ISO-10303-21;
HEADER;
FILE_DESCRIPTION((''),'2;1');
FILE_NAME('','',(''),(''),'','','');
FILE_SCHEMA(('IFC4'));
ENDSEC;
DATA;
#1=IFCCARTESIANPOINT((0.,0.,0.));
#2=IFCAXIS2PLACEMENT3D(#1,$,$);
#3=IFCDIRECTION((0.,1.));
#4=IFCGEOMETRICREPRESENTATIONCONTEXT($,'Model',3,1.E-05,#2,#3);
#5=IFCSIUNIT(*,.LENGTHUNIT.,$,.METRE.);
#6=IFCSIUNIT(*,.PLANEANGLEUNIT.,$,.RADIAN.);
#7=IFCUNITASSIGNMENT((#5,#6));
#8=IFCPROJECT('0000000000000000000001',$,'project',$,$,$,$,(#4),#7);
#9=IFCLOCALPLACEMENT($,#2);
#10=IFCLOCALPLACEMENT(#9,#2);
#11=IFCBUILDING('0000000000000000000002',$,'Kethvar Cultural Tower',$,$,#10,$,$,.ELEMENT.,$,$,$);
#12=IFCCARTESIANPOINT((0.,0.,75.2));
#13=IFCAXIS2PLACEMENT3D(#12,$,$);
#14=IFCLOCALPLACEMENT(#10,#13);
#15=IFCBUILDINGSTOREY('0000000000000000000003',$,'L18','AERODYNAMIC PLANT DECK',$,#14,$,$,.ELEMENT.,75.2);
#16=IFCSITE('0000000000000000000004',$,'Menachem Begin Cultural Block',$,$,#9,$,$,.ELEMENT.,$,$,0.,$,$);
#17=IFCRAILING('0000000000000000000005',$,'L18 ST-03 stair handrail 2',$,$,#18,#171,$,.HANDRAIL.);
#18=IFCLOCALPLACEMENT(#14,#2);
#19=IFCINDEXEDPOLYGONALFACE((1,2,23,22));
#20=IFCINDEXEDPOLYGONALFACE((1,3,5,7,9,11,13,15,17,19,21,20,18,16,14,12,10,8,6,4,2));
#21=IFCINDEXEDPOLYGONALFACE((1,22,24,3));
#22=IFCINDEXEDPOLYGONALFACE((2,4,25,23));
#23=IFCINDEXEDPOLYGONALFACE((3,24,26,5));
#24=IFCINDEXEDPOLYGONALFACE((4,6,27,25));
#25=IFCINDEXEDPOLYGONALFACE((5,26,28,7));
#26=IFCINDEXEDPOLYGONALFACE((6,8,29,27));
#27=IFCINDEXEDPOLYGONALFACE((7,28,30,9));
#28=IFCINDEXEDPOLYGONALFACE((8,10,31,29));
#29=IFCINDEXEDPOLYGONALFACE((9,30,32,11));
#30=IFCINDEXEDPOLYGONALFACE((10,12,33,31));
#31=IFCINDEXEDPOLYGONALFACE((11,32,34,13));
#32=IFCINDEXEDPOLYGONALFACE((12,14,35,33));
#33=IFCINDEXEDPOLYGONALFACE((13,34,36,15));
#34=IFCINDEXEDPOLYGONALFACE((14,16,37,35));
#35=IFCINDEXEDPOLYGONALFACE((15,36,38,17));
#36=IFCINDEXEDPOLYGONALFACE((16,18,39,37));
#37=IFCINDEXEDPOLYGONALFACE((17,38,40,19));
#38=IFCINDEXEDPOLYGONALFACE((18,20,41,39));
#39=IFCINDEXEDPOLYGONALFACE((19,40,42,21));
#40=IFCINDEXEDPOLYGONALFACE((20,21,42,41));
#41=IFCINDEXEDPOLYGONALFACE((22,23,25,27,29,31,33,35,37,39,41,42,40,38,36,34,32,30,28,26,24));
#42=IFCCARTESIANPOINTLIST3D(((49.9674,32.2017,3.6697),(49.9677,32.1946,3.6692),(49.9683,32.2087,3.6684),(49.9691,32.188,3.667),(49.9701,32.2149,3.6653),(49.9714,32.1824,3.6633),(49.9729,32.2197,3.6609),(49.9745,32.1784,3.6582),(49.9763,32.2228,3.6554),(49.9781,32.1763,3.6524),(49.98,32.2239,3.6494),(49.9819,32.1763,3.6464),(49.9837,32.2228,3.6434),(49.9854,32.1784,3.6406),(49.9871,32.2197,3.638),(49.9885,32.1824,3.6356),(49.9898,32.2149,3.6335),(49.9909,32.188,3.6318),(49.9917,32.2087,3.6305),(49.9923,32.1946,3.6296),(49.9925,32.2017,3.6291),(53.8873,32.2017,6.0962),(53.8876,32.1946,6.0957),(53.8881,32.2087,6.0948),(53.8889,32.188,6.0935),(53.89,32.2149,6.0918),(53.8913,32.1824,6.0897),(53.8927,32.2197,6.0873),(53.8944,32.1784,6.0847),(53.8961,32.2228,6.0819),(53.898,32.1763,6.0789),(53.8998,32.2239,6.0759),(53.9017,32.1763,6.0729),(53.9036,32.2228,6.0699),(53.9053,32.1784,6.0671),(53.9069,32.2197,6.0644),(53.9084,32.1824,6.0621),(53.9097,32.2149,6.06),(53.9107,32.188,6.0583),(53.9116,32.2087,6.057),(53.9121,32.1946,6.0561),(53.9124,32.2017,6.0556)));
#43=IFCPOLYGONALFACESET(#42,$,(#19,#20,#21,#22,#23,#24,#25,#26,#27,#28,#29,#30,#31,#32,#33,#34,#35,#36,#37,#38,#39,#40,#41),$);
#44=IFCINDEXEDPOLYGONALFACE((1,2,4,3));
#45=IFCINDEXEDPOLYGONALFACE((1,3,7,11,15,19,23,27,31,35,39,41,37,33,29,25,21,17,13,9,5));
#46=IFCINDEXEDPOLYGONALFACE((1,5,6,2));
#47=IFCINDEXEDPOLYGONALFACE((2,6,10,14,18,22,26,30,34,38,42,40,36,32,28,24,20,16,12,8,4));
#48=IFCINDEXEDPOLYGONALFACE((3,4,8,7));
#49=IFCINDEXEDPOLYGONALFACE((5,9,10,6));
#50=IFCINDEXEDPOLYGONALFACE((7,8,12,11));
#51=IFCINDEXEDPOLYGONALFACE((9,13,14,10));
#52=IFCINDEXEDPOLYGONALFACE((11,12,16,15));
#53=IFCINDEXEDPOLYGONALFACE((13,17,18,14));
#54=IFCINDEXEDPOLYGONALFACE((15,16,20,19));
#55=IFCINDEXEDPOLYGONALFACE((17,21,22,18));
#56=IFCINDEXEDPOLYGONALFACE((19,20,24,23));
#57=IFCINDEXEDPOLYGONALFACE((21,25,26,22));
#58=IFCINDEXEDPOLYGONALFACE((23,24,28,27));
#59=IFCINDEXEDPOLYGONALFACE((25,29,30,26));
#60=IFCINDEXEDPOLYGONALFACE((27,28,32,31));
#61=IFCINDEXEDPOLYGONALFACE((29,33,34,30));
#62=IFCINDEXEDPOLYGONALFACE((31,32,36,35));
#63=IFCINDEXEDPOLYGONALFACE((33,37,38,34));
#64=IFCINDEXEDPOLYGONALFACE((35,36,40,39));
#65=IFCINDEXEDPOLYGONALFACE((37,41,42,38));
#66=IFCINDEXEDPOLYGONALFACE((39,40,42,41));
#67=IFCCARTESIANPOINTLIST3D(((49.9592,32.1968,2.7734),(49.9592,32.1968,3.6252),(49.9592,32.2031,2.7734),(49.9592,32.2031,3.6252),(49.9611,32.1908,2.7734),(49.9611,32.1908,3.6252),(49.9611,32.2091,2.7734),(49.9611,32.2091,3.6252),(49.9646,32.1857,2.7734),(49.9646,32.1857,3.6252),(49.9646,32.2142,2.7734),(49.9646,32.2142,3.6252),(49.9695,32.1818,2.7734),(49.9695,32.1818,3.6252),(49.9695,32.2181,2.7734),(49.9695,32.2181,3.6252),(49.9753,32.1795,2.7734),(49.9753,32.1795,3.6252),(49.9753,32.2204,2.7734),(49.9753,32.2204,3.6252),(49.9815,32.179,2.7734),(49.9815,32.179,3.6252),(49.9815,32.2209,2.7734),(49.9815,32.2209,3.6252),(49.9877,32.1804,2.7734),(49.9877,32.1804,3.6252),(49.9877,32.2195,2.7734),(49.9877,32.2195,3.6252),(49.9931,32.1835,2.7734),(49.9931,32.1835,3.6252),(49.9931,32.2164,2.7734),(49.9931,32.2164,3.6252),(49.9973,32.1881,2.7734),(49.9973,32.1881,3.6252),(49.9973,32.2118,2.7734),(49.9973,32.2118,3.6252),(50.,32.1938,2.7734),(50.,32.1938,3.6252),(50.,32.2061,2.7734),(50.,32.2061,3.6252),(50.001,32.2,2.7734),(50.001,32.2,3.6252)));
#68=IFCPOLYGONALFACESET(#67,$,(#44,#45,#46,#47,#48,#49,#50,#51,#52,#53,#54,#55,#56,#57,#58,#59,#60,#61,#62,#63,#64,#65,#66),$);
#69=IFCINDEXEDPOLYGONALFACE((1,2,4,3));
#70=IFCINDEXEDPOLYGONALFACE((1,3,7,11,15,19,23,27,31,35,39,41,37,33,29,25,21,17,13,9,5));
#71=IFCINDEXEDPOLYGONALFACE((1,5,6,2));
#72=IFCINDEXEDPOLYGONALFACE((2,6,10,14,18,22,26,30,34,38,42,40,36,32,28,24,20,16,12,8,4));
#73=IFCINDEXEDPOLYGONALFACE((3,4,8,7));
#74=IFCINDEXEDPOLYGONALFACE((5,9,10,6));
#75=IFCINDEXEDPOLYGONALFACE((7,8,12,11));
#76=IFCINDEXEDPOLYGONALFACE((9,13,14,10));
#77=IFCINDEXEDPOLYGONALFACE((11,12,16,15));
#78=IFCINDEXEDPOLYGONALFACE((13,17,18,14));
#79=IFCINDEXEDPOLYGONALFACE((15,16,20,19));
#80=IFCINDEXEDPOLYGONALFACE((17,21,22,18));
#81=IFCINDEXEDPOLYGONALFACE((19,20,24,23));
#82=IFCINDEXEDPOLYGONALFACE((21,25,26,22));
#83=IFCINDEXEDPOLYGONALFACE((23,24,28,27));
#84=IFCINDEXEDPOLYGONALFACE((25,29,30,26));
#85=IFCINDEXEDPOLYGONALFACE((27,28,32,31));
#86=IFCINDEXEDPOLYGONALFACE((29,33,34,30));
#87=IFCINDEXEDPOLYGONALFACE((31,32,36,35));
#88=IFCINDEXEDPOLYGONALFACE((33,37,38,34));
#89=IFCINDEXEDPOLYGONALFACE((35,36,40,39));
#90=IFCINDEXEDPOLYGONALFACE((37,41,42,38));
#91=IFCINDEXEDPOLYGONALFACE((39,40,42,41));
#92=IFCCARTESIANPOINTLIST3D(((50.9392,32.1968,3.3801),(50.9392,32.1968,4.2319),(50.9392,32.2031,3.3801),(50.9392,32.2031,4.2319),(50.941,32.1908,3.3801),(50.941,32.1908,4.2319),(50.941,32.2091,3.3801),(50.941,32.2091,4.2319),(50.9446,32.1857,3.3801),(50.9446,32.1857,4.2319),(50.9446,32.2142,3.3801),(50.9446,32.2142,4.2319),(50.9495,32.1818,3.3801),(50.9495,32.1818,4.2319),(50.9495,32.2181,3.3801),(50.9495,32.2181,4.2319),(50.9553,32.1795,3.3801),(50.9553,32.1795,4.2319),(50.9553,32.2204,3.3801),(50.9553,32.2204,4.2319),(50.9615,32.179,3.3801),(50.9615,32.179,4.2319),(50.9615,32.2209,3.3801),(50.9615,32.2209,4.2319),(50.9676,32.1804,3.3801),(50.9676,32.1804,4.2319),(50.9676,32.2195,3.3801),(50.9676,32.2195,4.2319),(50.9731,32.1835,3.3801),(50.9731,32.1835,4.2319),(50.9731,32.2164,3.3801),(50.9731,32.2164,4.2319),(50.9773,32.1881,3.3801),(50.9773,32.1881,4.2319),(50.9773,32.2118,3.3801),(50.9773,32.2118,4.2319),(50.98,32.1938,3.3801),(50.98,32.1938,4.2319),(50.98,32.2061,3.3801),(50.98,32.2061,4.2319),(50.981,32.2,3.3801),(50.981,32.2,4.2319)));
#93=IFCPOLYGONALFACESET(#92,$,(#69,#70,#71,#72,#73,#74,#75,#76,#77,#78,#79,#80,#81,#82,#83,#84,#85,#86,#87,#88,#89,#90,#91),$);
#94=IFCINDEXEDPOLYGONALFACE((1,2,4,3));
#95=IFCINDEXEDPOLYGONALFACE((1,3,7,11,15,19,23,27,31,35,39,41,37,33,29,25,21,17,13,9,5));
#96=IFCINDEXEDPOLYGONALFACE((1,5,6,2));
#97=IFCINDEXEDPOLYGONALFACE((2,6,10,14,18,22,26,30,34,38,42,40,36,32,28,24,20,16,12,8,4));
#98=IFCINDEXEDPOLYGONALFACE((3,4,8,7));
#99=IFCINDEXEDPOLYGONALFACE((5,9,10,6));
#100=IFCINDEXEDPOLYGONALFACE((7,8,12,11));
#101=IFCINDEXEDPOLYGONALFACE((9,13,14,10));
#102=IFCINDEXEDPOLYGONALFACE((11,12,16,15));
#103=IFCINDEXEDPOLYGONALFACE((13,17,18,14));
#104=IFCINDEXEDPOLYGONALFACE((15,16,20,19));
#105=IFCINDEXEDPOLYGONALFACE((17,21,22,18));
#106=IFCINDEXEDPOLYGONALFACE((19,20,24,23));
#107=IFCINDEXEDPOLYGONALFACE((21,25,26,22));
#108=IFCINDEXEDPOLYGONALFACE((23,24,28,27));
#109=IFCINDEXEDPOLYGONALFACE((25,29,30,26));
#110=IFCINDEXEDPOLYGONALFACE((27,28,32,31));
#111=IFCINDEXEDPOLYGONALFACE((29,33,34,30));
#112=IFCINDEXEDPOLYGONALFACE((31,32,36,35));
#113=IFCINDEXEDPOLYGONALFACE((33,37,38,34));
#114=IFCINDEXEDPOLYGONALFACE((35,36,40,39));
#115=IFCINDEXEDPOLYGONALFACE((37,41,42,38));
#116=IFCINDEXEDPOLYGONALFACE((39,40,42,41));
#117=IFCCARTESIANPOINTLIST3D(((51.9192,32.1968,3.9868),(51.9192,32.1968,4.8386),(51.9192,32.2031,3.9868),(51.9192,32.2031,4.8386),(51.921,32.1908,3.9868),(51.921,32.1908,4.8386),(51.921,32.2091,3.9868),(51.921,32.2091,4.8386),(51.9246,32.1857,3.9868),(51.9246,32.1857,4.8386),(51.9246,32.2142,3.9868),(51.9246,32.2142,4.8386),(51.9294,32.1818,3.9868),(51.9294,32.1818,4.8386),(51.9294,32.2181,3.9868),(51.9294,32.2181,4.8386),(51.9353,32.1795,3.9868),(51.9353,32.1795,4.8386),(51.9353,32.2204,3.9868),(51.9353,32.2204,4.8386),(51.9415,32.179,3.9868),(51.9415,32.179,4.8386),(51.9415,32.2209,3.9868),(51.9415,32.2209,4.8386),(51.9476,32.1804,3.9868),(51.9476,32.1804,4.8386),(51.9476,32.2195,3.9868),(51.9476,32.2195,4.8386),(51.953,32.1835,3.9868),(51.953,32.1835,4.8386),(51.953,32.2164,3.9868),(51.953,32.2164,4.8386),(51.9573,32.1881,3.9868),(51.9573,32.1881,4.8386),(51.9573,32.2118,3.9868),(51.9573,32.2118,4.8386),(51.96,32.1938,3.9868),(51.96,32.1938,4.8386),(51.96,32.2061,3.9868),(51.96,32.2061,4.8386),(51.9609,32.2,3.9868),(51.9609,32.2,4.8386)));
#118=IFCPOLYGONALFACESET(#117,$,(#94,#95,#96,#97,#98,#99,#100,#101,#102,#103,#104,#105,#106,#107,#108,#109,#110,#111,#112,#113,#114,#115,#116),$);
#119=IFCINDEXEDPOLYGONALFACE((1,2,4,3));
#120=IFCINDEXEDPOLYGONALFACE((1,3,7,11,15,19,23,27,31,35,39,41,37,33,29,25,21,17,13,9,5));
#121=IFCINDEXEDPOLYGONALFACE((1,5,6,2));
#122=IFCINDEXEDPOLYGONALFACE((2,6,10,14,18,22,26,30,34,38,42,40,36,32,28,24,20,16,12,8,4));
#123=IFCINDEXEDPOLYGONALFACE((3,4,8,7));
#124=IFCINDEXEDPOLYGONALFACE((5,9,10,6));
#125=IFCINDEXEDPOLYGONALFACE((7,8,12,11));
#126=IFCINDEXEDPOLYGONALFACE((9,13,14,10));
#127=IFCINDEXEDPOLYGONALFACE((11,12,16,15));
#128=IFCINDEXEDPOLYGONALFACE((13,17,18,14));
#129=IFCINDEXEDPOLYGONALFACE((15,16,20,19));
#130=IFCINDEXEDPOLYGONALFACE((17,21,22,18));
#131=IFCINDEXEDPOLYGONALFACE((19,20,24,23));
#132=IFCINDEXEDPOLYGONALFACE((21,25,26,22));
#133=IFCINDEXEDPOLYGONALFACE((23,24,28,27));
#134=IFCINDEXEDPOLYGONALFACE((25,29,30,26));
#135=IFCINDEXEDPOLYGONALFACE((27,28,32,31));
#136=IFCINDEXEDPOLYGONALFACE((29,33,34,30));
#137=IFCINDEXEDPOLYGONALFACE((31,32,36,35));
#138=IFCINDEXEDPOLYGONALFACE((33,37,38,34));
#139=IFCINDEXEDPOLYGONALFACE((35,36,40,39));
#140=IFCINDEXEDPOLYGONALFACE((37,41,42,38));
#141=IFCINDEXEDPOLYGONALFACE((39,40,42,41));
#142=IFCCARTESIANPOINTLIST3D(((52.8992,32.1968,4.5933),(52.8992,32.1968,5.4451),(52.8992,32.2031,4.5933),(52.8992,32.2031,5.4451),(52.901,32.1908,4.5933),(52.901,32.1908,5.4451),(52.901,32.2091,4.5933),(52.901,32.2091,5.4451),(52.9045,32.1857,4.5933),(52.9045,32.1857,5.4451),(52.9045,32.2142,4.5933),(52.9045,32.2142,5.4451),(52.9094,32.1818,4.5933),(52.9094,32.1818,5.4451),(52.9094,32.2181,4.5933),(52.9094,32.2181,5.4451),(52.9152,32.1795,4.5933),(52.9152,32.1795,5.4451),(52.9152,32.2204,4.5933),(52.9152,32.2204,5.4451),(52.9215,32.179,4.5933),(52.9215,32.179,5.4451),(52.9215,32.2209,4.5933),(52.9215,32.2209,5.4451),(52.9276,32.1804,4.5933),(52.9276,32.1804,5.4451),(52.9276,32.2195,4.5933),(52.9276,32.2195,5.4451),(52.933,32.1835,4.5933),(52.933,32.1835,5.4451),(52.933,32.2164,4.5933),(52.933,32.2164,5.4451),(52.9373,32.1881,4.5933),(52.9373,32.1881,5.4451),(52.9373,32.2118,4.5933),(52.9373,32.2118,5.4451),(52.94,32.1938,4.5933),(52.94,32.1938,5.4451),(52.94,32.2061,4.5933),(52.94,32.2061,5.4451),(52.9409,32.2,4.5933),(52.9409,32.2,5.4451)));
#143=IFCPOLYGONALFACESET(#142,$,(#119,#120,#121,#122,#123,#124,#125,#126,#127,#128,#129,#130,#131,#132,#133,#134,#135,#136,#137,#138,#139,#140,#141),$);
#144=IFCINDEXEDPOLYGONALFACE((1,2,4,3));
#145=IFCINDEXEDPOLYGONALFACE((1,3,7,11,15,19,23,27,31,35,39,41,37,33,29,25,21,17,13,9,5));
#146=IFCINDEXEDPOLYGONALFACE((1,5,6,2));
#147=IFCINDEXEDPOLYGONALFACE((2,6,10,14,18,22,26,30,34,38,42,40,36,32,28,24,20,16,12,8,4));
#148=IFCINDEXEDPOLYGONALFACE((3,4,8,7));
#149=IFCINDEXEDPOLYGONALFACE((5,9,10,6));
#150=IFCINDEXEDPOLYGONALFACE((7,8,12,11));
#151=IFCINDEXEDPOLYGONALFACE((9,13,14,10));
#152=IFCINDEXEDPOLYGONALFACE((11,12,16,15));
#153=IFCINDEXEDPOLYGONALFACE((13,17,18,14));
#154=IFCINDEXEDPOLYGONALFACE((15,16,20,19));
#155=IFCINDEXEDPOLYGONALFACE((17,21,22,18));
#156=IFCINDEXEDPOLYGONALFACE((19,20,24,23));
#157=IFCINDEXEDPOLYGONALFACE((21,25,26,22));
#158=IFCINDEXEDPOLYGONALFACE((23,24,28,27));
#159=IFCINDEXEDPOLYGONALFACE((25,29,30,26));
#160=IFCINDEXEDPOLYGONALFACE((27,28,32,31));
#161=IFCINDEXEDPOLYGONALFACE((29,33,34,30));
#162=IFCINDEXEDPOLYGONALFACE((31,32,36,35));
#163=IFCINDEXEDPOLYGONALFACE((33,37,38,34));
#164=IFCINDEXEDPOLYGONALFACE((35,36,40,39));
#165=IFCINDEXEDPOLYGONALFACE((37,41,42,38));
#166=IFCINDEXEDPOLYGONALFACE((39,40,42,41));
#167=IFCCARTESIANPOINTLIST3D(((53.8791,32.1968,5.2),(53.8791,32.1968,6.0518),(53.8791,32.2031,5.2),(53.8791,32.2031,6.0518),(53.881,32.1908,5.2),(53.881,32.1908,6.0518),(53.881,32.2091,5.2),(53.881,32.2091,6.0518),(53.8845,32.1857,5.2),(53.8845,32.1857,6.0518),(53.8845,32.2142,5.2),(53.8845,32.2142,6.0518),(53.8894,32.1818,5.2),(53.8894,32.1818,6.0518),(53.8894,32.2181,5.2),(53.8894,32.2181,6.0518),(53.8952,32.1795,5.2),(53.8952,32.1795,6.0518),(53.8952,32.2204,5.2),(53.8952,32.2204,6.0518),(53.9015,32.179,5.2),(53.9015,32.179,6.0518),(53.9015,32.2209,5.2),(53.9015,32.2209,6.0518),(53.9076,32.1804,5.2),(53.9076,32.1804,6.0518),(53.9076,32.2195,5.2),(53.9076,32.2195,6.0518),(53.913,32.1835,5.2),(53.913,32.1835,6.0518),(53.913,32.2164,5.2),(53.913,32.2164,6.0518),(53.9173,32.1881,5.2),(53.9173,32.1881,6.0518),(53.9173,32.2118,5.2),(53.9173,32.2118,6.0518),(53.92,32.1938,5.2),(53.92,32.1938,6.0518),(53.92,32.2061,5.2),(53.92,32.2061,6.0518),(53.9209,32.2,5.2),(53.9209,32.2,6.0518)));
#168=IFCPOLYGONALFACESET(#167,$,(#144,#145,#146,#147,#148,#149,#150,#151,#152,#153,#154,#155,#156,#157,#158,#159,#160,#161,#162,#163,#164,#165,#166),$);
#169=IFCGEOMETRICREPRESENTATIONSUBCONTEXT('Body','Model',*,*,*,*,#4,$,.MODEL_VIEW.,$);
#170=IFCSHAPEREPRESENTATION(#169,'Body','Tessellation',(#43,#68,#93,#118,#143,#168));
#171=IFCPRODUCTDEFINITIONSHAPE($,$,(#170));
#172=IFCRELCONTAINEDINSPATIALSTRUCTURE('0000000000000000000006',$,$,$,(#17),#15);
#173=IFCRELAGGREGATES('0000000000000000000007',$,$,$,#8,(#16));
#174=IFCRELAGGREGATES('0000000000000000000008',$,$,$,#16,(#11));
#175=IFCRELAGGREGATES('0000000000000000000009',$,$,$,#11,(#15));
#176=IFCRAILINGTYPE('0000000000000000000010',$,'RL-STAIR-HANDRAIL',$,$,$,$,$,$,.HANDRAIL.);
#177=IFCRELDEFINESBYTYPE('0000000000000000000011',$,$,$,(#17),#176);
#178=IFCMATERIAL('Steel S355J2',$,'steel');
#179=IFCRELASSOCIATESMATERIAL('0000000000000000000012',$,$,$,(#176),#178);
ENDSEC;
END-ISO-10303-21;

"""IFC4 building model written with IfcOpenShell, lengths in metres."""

from ifc_helpers import new_model, si_unit, direction, frame, origin, origin_2d, place, context, subcontext, project, spatial, circle, extrude, material, type_object, element, save


model = new_model("IFC4")

# Units and contexts
model_context = context("Model", 3, precision=1e-05, world=origin(), true_north=direction((0.0, 1.0)))
body_context = subcontext(model_context, "Body", "Model", "MODEL_VIEW")
ifc_project = project(units=[si_unit("LENGTHUNIT", "METRE"), si_unit("PLANEANGLEUNIT", "RADIAN")], contexts=[model_context])

# Site, building, storey
site_placement = place(None, origin())
site = spatial("IfcSite", under=ifc_project, at=site_placement, Name="Menachem Begin Cultural Block", CompositionType="ELEMENT", RefElevation=0.0)
building_placement = place(site_placement, origin())
building = spatial("IfcBuilding", under=site, at=building_placement, Name="Kethvar Cultural Tower", CompositionType="ELEMENT")
storey_placement = place(building_placement, frame((0.0, 0.0, 75.2)))
storey = spatial("IfcBuildingStorey", under=building, at=storey_placement, Name="L18", Description="AERODYNAMIC PLANT DECK", CompositionType="ELEMENT", Elevation=75.2)

# Shared definitions
ifc_material_1 = material(Name="Steel S355J2", Category="steel")

# Railing
railing_type_1 = type_object("IfcRailingType", Name="RL-STAIR-HANDRAIL", PredefinedType="HANDRAIL", material=ifc_material_1)
railing_1_placement = place(storey_placement, frame((49.98, 32.2, 2.7734)))
element("IfcRailing", 1, at=railing_1_placement, inside=storey, type_object=railing_type_1, Name="L18 ST-03 stair handrail 2", PredefinedType="HANDRAIL", context=body_context, shape_type="SweptSolid", body=[
    extrude(circle(Radius=0.0239, at=origin_2d()), frame((0.0, 0.0, 0.876), z_axis=(0.850275, 0.0, 0.526338), x_axis=(0.0, 1.0, 0.0)), (0.0, 0.0, 1.0), 4.6101),
    extrude(circle(Radius=0.021, at=origin_2d()), origin(), (0.0, 0.0, 1.0), 0.8518),
    extrude(circle(Radius=0.021, at=origin_2d()), frame((0.98, 0.0, 0.6067)), (0.0, 0.0, 1.0), 0.8518),
    extrude(circle(Radius=0.021, at=origin_2d()), frame((1.96, 0.0, 1.2134)), (0.0, 0.0, 1.0), 0.8518),
    extrude(circle(Radius=0.021, at=origin_2d()), frame((2.9399, 0.0, 1.8198)), (0.0, 0.0, 1.0), 0.8518),
    extrude(circle(Radius=0.021, at=origin_2d()), frame((3.9199, 0.0, 2.4265)), (0.0, 0.0, 1.0), 0.8518),
])

save(model, "model.ifc")
